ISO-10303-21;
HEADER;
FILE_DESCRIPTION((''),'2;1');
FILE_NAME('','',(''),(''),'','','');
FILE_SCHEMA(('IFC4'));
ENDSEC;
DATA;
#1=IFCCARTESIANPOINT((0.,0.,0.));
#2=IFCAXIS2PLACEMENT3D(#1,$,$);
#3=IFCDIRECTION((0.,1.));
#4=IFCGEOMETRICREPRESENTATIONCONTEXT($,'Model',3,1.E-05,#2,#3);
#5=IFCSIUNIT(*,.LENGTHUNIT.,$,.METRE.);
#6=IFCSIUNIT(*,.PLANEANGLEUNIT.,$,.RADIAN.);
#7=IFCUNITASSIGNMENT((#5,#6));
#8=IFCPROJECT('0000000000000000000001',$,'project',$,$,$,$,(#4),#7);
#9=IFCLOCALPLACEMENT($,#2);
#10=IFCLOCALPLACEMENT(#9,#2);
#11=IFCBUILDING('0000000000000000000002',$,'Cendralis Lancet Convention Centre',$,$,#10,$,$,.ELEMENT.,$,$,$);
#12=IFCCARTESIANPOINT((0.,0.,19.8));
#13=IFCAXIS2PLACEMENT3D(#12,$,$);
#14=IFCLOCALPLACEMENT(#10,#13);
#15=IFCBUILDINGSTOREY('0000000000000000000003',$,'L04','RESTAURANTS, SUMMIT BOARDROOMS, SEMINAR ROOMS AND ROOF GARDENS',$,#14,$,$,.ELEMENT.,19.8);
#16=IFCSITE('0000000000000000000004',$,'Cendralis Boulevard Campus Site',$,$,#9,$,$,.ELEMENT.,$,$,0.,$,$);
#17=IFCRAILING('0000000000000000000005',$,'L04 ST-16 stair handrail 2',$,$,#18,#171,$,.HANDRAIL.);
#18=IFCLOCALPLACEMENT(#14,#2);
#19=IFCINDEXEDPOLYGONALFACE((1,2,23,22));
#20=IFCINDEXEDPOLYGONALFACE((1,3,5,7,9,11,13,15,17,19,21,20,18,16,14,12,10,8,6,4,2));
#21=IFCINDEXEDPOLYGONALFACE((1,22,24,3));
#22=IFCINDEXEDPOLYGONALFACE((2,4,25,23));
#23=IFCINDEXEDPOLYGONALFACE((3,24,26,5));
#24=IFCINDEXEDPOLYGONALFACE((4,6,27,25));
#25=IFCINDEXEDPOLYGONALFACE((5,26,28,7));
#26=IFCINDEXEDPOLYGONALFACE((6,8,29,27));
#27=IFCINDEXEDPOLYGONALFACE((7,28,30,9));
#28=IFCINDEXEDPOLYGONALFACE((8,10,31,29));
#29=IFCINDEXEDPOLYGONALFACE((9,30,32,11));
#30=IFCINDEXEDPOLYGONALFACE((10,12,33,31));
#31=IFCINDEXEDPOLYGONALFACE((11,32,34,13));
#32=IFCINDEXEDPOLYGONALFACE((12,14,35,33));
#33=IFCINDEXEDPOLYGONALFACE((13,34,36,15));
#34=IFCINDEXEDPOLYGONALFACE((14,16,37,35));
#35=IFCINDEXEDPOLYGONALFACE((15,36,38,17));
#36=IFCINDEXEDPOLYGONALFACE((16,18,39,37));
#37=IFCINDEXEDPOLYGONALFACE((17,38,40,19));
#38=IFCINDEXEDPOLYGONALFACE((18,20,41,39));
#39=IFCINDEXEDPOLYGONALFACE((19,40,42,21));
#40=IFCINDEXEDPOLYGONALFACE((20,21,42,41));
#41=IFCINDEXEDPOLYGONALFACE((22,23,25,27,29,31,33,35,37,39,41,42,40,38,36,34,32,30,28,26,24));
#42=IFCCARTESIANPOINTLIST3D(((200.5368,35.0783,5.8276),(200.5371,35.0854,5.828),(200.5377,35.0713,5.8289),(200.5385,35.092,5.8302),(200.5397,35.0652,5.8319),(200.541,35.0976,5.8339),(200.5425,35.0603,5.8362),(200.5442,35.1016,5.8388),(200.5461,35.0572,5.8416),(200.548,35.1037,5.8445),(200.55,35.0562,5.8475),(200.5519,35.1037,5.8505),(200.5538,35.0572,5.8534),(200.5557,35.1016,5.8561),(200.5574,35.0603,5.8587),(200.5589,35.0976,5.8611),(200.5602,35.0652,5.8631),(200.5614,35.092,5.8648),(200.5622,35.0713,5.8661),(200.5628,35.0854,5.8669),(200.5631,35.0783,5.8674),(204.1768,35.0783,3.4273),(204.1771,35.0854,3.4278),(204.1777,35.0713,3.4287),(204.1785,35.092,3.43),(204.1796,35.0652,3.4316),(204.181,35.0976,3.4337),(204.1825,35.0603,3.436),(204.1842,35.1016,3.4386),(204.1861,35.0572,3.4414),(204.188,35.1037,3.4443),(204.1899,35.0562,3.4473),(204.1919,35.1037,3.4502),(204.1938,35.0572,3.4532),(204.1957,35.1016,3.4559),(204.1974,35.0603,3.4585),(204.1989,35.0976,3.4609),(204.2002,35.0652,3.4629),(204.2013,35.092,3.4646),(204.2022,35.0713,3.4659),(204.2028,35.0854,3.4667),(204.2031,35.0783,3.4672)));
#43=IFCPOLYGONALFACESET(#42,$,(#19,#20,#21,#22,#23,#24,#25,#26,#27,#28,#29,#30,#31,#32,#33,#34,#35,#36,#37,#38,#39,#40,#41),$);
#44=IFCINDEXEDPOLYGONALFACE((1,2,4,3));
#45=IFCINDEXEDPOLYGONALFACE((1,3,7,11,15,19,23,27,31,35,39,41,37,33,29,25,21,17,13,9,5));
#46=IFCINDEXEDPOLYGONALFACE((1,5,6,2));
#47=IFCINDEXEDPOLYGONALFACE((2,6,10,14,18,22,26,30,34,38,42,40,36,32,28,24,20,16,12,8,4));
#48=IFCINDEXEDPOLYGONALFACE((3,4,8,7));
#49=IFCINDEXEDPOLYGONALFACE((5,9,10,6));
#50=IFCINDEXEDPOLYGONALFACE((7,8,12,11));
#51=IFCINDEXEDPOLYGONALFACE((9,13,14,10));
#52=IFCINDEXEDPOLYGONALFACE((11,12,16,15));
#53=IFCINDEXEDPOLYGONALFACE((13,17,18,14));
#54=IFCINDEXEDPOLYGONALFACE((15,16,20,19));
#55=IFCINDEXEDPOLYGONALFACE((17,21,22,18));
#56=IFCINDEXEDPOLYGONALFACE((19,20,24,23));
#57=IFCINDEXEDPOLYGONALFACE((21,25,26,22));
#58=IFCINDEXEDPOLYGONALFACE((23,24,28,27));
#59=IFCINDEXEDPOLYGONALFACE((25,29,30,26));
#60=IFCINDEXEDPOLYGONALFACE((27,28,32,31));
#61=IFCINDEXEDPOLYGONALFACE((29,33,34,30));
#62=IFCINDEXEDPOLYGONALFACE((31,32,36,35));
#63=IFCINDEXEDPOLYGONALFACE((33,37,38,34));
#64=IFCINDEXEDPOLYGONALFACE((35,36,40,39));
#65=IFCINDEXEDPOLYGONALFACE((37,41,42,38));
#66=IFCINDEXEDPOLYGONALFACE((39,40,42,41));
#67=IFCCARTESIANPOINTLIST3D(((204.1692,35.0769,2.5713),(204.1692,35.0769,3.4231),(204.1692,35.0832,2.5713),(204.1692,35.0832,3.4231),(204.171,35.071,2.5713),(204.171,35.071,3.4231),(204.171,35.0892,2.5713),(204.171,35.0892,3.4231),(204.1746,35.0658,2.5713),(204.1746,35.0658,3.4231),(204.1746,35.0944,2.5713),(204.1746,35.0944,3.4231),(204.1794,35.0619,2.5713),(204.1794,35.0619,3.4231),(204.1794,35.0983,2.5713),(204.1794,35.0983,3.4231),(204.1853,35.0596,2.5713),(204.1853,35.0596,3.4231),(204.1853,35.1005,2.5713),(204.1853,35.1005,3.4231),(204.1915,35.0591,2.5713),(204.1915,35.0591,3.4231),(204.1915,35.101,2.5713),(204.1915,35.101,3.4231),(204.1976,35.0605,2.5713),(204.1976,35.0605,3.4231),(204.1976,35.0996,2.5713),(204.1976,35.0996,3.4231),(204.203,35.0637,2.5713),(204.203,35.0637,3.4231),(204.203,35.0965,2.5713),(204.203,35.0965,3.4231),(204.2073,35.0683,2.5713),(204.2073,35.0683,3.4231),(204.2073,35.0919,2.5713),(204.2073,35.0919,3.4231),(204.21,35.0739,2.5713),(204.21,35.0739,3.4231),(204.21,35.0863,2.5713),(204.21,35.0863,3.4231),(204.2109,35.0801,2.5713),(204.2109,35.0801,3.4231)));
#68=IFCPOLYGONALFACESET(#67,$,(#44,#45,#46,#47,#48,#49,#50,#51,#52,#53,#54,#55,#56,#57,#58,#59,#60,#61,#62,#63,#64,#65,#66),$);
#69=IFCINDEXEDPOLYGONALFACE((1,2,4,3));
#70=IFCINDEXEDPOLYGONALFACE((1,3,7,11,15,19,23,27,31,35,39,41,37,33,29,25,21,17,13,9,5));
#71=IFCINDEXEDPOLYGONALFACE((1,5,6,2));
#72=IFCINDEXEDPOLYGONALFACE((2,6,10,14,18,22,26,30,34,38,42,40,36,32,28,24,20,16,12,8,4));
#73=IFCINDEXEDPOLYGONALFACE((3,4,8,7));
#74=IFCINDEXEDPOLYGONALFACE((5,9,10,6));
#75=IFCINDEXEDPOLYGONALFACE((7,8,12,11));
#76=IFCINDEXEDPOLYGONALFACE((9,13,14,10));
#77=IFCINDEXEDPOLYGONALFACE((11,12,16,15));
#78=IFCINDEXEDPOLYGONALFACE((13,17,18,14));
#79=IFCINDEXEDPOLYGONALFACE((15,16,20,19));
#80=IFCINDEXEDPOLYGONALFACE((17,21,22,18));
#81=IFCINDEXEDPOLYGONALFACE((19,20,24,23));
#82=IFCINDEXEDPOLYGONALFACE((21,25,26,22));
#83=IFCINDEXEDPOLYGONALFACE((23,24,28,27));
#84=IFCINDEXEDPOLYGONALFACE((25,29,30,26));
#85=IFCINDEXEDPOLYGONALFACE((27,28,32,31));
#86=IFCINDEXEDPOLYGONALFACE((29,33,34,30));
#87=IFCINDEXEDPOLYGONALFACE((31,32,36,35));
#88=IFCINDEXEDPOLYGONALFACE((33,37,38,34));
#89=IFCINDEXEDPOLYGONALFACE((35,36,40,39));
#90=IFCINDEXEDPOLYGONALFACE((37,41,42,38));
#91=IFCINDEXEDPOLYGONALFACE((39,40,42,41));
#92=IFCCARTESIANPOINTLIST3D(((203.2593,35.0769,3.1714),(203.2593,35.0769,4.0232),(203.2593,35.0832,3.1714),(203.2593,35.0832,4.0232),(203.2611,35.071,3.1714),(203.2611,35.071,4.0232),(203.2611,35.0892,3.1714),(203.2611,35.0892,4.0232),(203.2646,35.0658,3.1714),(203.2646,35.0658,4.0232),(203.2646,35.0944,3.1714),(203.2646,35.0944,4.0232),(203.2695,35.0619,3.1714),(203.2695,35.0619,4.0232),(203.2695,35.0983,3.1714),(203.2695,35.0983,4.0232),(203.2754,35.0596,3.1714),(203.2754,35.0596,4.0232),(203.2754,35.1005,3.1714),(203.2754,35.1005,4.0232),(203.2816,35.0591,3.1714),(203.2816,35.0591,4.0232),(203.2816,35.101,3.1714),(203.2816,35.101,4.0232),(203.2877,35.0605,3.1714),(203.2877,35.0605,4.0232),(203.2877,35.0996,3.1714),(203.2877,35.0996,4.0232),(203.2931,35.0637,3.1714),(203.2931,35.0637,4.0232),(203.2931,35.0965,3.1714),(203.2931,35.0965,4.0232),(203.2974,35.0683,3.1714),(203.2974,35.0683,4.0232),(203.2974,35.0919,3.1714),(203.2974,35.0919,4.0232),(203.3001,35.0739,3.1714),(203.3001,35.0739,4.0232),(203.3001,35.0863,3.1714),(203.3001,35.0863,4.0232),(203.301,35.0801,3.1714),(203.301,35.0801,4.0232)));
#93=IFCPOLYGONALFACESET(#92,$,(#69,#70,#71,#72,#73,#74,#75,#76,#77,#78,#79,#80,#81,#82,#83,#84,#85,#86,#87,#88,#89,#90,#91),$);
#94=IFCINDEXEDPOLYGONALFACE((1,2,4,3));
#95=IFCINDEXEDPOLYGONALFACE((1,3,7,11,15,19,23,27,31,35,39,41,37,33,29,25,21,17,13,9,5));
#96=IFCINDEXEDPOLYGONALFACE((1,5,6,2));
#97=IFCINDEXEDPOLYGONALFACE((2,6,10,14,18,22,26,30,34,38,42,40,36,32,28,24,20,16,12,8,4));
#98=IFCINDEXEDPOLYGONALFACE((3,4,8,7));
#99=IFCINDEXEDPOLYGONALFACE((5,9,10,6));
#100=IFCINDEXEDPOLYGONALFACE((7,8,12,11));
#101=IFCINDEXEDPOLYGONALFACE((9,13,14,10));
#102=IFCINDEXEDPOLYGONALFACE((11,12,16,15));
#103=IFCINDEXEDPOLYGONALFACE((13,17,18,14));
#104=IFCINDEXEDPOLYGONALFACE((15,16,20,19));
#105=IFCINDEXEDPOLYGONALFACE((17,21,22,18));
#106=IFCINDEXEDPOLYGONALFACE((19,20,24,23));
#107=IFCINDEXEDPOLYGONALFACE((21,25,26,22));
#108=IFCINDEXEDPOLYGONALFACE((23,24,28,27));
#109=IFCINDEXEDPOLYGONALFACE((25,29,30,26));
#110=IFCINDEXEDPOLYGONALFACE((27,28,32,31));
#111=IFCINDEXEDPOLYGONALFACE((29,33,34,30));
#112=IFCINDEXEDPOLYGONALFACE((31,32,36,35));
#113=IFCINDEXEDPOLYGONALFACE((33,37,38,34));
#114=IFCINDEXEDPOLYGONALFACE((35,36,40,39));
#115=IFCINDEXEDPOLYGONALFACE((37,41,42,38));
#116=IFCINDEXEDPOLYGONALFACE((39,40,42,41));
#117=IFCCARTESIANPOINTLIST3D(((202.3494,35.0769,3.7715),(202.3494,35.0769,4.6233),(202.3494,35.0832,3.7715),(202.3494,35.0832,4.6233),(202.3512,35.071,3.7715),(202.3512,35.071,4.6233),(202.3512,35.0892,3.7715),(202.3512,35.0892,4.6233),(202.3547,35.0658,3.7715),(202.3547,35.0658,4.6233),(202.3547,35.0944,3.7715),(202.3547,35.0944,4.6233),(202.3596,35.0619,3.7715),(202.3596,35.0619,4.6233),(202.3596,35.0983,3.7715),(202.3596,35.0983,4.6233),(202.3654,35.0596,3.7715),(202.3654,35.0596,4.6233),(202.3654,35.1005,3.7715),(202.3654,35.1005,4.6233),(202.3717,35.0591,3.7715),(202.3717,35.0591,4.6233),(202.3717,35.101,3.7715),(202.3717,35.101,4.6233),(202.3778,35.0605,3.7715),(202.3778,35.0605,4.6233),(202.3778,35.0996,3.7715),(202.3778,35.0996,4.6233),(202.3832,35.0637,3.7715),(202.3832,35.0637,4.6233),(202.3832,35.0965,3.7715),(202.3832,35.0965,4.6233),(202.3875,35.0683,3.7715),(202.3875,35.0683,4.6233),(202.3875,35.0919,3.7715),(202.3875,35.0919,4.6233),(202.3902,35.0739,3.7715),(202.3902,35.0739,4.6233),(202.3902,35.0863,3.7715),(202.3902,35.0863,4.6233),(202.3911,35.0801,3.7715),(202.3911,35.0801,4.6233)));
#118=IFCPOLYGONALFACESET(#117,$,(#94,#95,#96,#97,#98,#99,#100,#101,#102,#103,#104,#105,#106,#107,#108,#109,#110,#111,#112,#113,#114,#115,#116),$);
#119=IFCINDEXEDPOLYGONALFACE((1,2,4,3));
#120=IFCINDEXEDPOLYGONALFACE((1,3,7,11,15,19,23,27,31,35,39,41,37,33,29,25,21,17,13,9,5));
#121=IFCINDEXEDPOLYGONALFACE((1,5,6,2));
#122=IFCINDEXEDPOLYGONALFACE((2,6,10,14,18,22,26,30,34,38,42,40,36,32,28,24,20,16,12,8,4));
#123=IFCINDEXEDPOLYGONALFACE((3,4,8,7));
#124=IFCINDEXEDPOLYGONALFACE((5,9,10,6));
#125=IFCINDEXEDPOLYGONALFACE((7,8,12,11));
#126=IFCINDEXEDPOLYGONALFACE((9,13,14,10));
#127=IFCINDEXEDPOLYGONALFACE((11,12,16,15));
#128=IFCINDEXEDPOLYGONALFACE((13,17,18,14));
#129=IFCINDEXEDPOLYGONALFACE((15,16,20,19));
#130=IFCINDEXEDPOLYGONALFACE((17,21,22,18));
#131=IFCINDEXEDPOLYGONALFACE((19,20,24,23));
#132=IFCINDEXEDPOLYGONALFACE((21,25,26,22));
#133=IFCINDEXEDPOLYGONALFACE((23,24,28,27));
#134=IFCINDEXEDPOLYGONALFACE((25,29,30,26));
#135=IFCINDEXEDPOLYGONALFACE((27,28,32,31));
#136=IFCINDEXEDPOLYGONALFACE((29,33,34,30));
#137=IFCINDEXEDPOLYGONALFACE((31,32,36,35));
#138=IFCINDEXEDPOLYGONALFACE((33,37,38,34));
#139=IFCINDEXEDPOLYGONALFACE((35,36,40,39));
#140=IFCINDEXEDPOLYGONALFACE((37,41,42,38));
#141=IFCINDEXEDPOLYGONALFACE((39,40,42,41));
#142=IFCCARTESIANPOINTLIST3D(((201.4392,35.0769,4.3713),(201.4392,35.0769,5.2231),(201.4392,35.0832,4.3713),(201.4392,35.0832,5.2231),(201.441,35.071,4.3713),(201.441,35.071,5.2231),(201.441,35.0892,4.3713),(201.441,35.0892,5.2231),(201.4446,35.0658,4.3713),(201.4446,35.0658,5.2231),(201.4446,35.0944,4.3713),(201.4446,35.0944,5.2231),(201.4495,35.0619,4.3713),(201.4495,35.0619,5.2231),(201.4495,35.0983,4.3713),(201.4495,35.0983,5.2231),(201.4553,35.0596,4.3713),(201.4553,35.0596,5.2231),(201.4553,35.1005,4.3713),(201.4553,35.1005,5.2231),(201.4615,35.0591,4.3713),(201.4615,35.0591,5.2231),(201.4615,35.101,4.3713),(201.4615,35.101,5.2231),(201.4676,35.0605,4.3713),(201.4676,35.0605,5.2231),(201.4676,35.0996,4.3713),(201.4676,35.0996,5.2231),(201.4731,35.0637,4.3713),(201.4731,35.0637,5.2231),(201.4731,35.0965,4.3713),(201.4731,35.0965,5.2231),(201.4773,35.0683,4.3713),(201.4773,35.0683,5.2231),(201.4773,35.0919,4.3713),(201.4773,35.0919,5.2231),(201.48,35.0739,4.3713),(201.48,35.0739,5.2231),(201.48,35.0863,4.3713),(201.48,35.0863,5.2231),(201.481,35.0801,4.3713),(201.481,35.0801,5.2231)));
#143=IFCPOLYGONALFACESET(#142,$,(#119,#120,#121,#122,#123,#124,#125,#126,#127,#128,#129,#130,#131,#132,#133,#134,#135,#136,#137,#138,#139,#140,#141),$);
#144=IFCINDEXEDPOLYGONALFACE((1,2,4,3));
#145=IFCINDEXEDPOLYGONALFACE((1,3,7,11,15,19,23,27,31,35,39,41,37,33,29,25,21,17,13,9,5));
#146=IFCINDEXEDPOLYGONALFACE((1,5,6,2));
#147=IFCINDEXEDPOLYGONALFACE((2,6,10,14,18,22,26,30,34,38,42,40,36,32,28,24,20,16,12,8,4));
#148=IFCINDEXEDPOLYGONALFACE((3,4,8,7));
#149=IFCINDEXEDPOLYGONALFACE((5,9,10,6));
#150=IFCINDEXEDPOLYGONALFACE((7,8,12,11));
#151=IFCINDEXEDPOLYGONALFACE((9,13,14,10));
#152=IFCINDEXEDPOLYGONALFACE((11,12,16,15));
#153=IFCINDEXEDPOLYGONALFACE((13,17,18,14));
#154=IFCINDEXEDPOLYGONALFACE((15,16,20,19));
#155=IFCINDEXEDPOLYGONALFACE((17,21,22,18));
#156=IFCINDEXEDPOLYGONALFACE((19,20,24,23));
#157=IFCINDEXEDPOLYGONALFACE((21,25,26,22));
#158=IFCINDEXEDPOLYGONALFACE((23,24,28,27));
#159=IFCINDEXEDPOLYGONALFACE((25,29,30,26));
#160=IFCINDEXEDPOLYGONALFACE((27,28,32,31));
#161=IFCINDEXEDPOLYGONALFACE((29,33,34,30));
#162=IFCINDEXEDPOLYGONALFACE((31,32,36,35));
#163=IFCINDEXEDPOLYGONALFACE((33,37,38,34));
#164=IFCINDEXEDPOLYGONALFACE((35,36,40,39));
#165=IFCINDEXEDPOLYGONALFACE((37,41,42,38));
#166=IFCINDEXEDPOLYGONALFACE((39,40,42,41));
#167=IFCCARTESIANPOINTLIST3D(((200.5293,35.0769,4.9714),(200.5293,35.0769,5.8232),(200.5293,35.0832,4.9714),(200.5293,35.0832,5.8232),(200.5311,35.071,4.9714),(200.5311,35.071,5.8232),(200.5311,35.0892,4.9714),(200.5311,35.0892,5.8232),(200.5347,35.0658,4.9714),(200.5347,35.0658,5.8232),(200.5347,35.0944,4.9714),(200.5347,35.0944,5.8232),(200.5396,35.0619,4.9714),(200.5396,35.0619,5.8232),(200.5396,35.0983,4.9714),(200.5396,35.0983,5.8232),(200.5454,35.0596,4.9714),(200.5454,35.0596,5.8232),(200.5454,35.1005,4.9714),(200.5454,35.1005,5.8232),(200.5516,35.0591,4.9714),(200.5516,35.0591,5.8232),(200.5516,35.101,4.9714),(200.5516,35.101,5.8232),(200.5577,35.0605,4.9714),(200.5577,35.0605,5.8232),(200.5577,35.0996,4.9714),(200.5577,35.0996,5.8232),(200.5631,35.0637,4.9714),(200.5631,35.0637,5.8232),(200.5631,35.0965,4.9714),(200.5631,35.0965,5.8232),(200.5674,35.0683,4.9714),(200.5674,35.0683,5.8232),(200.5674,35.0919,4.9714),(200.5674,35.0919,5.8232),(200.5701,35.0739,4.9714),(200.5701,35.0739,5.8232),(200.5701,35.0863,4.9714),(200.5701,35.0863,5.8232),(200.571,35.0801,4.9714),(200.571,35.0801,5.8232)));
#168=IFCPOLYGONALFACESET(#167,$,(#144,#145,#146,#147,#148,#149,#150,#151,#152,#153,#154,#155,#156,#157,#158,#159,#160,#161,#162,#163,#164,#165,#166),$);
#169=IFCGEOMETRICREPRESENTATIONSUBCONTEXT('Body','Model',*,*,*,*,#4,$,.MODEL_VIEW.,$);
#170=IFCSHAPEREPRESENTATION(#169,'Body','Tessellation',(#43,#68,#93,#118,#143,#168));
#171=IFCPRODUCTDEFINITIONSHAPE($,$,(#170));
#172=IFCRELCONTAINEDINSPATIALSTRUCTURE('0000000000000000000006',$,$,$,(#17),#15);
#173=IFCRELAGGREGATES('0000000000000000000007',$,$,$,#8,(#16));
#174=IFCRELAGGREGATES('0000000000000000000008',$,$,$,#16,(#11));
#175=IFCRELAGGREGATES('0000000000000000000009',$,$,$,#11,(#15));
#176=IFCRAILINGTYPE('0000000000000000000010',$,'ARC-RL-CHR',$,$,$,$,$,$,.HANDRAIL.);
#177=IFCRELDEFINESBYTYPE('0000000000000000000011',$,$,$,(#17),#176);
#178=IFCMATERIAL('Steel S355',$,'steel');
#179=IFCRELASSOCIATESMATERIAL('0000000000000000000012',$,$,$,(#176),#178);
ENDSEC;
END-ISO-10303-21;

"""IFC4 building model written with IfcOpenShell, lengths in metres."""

from ifc_helpers import new_model, si_unit, direction, frame, origin, origin_2d, place, context, subcontext, project, spatial, circle, extrude, material, type_object, element, save


model = new_model("IFC4")

# Units and contexts
model_context = context("Model", 3, precision=1e-05, world=origin(), true_north=direction((0.0, 1.0)))
body_context = subcontext(model_context, "Body", "Model", "MODEL_VIEW")
ifc_project = project(units=[si_unit("LENGTHUNIT", "METRE"), si_unit("PLANEANGLEUNIT", "RADIAN")], contexts=[model_context])

# Site, building, storey
site_placement = place(None, origin())
site = spatial("IfcSite", under=ifc_project, at=site_placement, Name="Cendralis Boulevard Campus Site", CompositionType="ELEMENT", RefElevation=0.0)
building_placement = place(site_placement, origin())
building = spatial("IfcBuilding", under=site, at=building_placement, Name="Cendralis Lancet Convention Centre", CompositionType="ELEMENT")
storey_placement = place(building_placement, frame((0.0, 0.0, 19.8)))
storey = spatial("IfcBuildingStorey", under=building, at=storey_placement, Name="L04", Description="RESTAURANTS, SUMMIT BOARDROOMS, SEMINAR ROOMS AND ROOF GARDENS", CompositionType="ELEMENT", Elevation=19.8)

# Railing
ifc_material_1 = material(Name="Steel S355", Category="steel")
railing_type_1 = type_object("IfcRailingType", Name="ARC-RL-CHR", PredefinedType="HANDRAIL", material=ifc_material_1)
for number, where, name in (
    (1, (204.1899, 35.0801, 2.5713), "L04 ST-16 stair handrail 2"),
):
    element("IfcRailing", number, at=place(storey_placement, frame(where)), inside=storey, type_object=railing_type_1, Name=name, PredefinedType="HANDRAIL", context=body_context, shape_type="SweptSolid", body=[
        extrude(circle(Radius=0.0239, at=origin_2d()), frame((0.0, 0.0, 0.876), z_axis=(-0.834839, 0.0, 0.550493), x_axis=(0.0, -1.0, 0.0)), (0.0, 0.0, 1.0), 4.3601),
        extrude(circle(Radius=0.021, at=origin_2d()), origin(), (0.0, 0.0, 1.0), 0.8518),
        extrude(circle(Radius=0.021, at=origin_2d()), frame((-0.9099, 0.0, 0.6001)), (0.0, 0.0, 1.0), 0.8518),
        extrude(circle(Radius=0.021, at=origin_2d()), frame((-1.8198, 0.0, 1.2002)), (0.0, 0.0, 1.0), 0.8518),
        extrude(circle(Radius=0.021, at=origin_2d()), frame((-2.73, 0.0, 1.8)), (0.0, 0.0, 1.0), 0.8518),
        extrude(circle(Radius=0.021, at=origin_2d()), frame((-3.6399, 0.0, 2.4001)), (0.0, 0.0, 1.0), 0.8518),
    ])

save(model, "model.ifc")
